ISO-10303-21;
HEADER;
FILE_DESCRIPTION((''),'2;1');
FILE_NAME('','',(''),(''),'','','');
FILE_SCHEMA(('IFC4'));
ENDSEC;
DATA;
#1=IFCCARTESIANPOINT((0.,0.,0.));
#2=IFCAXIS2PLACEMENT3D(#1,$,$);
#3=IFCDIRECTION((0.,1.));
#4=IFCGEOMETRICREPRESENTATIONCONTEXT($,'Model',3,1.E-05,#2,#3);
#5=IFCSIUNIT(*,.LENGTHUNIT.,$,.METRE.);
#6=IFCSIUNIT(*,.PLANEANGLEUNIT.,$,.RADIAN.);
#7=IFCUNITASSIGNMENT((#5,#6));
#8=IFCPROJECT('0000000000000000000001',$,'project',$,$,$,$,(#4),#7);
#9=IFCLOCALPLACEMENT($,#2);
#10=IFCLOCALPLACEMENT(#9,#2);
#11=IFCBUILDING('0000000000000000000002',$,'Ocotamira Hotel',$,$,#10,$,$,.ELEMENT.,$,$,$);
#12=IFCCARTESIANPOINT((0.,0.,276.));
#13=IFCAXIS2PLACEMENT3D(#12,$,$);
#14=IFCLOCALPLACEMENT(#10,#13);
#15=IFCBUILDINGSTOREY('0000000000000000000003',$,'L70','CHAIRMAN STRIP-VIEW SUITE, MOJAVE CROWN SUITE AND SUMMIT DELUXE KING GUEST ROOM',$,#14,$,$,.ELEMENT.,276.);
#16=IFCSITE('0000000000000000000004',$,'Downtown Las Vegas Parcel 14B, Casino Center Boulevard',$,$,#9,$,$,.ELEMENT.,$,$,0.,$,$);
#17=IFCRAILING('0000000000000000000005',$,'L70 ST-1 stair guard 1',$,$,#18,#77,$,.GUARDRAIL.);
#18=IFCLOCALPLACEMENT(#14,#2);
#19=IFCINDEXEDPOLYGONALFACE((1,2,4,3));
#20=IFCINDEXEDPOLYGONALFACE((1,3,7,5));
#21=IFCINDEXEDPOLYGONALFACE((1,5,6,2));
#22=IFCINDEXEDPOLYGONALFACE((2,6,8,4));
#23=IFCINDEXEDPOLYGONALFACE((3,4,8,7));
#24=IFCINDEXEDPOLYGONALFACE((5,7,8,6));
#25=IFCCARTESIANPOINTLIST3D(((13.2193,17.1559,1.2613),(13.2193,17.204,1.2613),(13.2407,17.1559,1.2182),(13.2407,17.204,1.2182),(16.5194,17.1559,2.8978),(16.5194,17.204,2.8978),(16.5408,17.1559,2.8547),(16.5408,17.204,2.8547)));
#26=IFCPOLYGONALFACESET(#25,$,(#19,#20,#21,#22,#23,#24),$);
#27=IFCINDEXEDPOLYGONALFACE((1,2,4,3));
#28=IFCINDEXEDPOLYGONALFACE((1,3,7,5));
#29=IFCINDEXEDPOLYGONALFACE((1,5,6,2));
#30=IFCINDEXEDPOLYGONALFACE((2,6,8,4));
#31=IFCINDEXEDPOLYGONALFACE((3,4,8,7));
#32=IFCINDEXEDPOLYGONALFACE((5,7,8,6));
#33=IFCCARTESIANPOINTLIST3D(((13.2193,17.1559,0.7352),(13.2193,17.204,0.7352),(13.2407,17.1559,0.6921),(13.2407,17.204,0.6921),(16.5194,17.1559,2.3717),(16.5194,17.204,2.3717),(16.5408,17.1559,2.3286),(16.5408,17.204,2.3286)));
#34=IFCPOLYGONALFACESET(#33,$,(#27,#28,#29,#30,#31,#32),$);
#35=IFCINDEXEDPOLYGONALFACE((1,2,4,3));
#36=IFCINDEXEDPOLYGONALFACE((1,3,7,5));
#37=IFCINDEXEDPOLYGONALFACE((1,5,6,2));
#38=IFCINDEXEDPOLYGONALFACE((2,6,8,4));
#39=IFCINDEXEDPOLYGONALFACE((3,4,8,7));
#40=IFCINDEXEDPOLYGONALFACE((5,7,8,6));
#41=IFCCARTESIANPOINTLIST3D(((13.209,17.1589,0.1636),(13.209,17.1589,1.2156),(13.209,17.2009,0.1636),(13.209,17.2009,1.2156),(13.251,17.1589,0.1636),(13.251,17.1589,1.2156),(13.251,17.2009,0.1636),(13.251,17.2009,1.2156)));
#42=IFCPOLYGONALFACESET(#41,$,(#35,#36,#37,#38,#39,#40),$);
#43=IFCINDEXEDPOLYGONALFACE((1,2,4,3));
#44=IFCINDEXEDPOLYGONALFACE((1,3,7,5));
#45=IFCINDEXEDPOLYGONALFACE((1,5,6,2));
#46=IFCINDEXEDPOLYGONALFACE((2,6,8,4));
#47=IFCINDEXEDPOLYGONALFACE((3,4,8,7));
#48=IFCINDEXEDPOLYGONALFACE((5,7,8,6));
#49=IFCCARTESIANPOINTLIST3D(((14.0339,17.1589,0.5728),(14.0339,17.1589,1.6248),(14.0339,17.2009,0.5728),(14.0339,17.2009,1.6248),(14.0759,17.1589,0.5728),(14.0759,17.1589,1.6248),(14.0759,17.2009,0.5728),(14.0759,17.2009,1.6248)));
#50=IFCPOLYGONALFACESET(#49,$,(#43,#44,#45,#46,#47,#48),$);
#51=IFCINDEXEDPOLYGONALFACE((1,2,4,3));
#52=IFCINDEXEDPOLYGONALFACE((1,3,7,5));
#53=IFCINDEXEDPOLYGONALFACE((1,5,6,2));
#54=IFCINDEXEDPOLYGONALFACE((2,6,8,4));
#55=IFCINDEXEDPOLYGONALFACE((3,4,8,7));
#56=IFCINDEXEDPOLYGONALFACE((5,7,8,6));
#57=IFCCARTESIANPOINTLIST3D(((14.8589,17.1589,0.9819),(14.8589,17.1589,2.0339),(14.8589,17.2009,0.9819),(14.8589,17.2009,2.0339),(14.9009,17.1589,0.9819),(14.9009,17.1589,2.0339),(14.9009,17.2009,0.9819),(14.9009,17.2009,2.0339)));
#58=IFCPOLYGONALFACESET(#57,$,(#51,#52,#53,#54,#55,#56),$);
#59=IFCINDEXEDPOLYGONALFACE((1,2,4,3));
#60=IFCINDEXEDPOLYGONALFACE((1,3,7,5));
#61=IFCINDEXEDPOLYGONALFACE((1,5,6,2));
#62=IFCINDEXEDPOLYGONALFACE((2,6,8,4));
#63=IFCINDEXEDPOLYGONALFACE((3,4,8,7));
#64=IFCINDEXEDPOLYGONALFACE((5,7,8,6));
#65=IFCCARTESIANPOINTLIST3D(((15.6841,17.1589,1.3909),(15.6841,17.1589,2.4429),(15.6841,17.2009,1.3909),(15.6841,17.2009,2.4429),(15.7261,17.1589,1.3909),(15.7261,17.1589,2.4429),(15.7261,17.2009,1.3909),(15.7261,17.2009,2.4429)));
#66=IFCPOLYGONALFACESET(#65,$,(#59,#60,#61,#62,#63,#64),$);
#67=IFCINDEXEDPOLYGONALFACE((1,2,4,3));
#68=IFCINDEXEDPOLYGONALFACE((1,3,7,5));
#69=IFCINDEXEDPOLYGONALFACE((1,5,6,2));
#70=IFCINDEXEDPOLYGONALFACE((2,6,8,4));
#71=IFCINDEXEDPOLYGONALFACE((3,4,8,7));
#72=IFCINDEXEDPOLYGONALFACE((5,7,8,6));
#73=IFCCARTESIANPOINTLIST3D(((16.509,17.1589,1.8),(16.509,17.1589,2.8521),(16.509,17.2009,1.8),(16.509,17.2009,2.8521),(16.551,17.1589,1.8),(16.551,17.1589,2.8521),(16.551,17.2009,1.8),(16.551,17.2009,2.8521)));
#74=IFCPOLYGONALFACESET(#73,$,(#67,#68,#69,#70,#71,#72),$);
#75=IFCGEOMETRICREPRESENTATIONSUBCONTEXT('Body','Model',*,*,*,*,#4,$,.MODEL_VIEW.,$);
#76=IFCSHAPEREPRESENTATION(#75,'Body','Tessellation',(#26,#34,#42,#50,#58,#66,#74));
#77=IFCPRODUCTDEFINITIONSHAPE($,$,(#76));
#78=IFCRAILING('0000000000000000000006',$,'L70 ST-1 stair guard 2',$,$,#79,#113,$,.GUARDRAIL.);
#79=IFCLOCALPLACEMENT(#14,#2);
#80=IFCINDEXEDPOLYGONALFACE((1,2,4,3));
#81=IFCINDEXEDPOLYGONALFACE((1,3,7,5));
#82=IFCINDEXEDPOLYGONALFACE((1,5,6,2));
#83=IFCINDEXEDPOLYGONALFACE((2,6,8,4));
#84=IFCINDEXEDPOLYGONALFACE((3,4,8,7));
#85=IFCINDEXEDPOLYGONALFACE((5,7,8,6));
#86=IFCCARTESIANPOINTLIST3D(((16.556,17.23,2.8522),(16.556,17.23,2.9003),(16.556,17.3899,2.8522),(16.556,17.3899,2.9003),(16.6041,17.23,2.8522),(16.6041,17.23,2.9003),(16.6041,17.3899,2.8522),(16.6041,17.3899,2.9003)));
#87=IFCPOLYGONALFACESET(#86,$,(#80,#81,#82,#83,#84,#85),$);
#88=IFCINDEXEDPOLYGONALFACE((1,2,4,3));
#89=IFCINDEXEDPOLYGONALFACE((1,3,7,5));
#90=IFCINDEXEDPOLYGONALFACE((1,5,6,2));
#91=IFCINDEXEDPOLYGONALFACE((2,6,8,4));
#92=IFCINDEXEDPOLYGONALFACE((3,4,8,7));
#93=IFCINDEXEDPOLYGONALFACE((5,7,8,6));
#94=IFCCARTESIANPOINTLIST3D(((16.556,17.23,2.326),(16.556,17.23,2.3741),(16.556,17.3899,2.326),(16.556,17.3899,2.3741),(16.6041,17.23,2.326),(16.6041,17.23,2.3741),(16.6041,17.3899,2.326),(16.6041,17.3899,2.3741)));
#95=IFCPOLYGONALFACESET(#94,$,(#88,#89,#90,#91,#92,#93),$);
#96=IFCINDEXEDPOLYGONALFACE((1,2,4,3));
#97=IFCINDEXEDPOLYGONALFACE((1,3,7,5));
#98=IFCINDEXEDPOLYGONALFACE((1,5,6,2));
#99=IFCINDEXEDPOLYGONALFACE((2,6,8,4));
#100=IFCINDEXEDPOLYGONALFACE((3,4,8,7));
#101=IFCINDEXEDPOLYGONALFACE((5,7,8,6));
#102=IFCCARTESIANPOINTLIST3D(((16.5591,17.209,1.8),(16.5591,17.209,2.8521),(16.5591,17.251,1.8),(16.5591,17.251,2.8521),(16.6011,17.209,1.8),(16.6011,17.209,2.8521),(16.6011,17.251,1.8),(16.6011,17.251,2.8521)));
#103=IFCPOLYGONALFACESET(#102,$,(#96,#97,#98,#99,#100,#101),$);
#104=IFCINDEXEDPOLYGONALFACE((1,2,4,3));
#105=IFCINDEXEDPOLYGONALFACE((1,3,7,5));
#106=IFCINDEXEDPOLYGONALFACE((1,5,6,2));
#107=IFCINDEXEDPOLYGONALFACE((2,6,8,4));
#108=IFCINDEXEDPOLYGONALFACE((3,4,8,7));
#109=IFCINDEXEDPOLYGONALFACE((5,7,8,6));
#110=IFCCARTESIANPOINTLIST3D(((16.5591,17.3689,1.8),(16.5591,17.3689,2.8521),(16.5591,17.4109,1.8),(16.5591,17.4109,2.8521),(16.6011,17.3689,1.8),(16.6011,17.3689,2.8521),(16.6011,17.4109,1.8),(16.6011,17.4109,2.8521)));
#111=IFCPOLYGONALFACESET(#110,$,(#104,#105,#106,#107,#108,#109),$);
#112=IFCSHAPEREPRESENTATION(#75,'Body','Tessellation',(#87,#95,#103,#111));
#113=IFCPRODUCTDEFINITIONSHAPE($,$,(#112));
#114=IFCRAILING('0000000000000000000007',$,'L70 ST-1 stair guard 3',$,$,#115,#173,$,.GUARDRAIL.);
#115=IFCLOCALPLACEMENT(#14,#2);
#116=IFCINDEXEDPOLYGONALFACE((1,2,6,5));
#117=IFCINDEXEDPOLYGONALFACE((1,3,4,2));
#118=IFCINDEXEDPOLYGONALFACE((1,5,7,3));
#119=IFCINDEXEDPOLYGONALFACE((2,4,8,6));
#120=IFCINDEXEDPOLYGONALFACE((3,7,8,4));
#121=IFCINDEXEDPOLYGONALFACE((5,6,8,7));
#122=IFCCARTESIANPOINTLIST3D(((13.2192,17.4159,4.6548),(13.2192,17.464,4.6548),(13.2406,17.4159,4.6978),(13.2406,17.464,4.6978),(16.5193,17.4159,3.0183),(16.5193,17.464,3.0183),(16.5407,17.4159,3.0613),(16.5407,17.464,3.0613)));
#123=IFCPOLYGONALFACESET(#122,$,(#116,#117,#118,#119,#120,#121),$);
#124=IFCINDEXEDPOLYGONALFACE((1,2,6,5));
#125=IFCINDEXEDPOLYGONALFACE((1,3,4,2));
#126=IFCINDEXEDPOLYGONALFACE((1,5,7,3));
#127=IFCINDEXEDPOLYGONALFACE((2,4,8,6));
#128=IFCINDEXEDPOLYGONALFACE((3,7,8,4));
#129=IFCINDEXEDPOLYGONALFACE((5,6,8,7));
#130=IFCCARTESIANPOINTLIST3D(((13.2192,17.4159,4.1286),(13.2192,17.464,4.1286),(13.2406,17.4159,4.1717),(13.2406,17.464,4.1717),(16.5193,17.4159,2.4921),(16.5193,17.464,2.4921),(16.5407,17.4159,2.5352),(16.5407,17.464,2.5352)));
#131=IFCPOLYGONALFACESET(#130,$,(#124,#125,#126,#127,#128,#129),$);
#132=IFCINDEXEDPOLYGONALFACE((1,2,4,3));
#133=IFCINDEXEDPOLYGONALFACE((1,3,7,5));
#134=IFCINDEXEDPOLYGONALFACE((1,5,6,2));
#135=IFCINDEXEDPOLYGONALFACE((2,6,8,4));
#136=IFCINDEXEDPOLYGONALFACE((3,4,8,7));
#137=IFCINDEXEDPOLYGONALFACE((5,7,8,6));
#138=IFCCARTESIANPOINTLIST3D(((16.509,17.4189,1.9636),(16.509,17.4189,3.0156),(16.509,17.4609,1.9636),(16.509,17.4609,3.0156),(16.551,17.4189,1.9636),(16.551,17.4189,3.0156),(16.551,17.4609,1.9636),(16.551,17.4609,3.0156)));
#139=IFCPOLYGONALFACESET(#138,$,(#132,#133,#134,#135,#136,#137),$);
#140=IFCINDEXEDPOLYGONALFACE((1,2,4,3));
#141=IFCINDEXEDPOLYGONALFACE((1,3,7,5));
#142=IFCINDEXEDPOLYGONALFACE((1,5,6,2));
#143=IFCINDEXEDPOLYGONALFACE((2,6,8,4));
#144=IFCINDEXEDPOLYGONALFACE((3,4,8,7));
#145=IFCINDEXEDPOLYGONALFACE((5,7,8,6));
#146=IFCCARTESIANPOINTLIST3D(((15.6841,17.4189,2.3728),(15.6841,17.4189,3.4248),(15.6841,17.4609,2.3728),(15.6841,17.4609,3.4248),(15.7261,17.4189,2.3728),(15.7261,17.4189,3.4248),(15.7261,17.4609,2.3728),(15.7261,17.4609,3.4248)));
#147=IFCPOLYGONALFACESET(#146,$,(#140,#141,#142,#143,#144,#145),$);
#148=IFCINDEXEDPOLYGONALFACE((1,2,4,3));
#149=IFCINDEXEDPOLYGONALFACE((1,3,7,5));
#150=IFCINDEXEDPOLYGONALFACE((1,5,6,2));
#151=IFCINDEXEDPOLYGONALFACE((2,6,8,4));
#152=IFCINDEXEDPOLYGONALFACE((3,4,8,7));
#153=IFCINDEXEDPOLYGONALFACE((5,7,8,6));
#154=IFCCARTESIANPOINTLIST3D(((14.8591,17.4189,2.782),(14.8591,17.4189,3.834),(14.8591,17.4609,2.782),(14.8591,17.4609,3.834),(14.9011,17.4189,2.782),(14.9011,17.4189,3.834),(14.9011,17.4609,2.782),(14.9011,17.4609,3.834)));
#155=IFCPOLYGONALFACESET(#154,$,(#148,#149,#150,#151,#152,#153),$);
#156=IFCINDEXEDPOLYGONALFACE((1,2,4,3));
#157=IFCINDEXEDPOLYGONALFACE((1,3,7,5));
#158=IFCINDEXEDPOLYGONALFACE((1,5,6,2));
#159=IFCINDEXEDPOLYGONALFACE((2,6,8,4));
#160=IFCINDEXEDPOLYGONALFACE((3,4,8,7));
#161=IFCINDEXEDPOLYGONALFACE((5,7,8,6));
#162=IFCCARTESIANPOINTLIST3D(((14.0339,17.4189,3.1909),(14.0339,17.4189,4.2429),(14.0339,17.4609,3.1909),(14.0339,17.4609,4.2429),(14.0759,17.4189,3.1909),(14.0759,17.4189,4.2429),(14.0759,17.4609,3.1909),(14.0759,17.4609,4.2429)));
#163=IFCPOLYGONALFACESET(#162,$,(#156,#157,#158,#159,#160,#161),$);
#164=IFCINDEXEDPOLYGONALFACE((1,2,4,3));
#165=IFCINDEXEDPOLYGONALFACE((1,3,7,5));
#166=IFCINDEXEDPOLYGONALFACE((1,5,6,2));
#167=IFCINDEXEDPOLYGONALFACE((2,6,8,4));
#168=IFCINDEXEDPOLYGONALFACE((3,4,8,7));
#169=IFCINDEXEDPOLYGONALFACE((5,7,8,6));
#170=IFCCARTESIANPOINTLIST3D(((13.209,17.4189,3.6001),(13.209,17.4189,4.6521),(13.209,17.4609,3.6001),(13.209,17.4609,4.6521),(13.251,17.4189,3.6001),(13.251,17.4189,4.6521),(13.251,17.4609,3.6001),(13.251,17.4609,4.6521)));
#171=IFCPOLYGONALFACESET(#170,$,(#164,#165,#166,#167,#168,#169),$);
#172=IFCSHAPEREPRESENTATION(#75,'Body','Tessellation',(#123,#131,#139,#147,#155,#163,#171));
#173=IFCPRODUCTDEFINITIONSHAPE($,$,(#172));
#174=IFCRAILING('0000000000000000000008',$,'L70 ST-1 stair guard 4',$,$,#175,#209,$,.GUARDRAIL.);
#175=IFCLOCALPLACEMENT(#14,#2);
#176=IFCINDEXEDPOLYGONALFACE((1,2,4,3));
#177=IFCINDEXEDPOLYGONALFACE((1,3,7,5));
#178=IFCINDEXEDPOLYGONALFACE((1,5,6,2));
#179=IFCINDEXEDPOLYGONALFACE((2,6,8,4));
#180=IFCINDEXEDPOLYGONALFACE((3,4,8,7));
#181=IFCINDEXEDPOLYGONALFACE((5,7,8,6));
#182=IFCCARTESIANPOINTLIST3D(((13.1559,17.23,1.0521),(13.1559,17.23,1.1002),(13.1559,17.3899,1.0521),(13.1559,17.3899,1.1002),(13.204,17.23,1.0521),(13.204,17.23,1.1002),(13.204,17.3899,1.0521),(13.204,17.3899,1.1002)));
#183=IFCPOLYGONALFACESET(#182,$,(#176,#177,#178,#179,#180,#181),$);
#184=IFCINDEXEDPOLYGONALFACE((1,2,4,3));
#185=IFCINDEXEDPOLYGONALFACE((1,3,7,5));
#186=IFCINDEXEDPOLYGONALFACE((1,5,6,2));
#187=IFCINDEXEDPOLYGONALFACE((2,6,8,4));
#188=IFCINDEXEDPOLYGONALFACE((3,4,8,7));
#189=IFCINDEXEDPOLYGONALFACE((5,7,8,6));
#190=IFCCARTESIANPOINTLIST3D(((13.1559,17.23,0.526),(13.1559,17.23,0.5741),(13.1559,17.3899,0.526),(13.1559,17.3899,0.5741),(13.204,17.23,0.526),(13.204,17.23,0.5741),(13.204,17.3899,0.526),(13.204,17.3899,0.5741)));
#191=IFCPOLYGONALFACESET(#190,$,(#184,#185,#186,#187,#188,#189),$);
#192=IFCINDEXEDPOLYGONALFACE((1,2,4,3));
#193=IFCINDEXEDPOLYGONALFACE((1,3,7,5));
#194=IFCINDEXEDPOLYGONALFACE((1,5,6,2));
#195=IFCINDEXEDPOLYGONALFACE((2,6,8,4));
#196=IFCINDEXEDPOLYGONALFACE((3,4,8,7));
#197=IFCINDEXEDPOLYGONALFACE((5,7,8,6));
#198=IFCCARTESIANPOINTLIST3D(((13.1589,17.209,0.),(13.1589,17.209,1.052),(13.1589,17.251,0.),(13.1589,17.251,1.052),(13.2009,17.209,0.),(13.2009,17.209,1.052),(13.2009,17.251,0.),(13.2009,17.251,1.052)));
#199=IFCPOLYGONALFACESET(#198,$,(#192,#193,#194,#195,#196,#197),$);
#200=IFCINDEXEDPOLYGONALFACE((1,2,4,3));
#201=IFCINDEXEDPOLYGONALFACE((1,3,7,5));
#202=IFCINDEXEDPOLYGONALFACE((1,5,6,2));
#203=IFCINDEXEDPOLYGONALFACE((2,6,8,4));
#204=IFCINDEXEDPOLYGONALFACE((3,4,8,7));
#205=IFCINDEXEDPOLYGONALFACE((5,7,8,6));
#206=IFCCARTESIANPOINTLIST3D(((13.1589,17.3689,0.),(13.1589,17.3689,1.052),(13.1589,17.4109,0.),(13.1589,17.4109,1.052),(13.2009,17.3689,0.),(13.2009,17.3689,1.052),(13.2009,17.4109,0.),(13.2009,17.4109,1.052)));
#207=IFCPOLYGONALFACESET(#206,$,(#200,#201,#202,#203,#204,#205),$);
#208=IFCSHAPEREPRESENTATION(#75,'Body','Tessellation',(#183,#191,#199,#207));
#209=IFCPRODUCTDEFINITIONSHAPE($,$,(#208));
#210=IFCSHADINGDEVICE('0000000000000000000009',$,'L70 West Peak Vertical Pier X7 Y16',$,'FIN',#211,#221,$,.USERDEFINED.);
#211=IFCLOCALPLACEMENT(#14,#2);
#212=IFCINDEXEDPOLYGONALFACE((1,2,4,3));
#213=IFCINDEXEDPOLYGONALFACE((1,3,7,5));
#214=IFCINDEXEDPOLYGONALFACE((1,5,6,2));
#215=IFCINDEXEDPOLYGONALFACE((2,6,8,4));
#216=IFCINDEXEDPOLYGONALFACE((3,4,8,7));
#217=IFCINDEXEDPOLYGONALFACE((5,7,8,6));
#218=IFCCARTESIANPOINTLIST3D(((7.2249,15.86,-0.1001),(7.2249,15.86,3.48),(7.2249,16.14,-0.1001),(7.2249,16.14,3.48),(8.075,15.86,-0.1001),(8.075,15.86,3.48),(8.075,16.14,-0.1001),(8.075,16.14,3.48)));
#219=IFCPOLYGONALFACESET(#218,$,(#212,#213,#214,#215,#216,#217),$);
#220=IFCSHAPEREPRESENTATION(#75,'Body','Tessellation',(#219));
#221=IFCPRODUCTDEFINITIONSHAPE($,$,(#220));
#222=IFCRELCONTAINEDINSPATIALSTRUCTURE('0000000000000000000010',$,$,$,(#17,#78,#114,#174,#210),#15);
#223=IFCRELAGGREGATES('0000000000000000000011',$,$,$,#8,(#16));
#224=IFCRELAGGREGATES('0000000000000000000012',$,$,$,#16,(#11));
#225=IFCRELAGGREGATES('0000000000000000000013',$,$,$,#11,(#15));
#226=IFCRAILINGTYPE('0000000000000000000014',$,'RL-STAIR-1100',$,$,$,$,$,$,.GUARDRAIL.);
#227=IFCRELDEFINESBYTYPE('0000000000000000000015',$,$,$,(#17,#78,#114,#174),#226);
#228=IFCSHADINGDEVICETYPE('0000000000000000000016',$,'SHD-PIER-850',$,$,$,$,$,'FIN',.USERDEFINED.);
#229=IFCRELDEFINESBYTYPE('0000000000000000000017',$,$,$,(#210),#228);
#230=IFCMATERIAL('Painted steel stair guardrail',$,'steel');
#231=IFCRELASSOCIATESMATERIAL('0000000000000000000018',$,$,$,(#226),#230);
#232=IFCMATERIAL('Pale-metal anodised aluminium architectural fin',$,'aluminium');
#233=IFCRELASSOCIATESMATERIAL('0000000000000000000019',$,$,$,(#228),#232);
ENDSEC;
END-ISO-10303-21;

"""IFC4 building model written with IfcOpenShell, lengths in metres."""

from ifc_helpers import new_model, si_unit, direction, frame, origin, origin_2d, place, context, subcontext, project, spatial, rectangle, extrude, source, transform, mapped, material, type_object, element, save


model = new_model("IFC4")

# Units and contexts
model_context = context("Model", 3, precision=1e-05, world=origin(), true_north=direction((0.0, 1.0)))
body_context = subcontext(model_context, "Body", "Model", "MODEL_VIEW")
ifc_project = project(units=[si_unit("LENGTHUNIT", "METRE"), si_unit("PLANEANGLEUNIT", "RADIAN")], contexts=[model_context])

# Site, building, storey
site_placement = place(None, origin())
site = spatial("IfcSite", under=ifc_project, at=site_placement, Name="Downtown Las Vegas Parcel 14B, Casino Center Boulevard", CompositionType="ELEMENT", RefElevation=0.0)
building_placement = place(site_placement, origin())
building = spatial("IfcBuilding", under=site, at=building_placement, Name="Ocotamira Hotel", CompositionType="ELEMENT")
storey_placement = place(building_placement, frame((0.0, 0.0, 276.0)))
storey = spatial("IfcBuildingStorey", under=building, at=storey_placement, Name="L70", Description="CHAIRMAN STRIP-VIEW SUITE, MOJAVE CROWN SUITE AND SUMMIT DELUXE KING GUEST ROOM", CompositionType="ELEMENT", Elevation=276.0)

# Railings
ifc_material_1 = material(Name="Painted steel stair guardrail", Category="steel")
railing_type_1 = type_object("IfcRailingType", Name="RL-STAIR-1100", PredefinedType="GUARDRAIL", material=ifc_material_1)
railing_1_placement = place(storey_placement, frame((13.23, 17.1799, 0.1636)))
element("IfcRailing", 1, at=railing_1_placement, inside=storey, type_object=railing_type_1, Name="L70 ST-1 stair guard 1", PredefinedType="GUARDRAIL", context=body_context, shape_type="SweptSolid", body=[
    extrude(rectangle(XDim=0.0481, YDim=0.0481, at=origin_2d()), frame((0.0, 0.0, 1.0762), z_axis=(0.895894, 0.0, 0.444268), x_axis=(0.0, 1.0, 0.0)), (0.0, 0.0, 1.0), 3.6836),
    extrude(rectangle(XDim=0.0481, YDim=0.0481, at=origin_2d()), frame((0.0, 0.0, 0.55), z_axis=(0.895894, 0.0, 0.444268), x_axis=(0.0, 1.0, 0.0)), (0.0, 0.0, 1.0), 3.6836),
    extrude(rectangle(XDim=0.042, YDim=0.042, at=origin_2d()), origin(), (0.0, 0.0, 1.0), 1.052),
    extrude(rectangle(XDim=0.042, YDim=0.042, at=origin_2d()), frame((0.825, 0.0, 0.4092)), (0.0, 0.0, 1.0), 1.052),
    extrude(rectangle(XDim=0.042, YDim=0.042, at=origin_2d()), frame((1.6499, 0.0, 0.8184)), (0.0, 0.0, 1.0), 1.052),
    extrude(rectangle(XDim=0.042, YDim=0.042, at=origin_2d()), frame((2.4751, 0.0, 1.2273)), (0.0, 0.0, 1.0), 1.052),
    extrude(rectangle(XDim=0.042, YDim=0.042, at=origin_2d()), frame((3.3, 0.0, 1.6365)), (0.0, 0.0, 1.0), 1.052),
])
railing_2_placement = place(storey_placement, frame((16.5801, 17.23, 1.8)))
element("IfcRailing", 2, at=railing_2_placement, inside=storey, type_object=railing_type_1, Name="L70 ST-1 stair guard 2", PredefinedType="GUARDRAIL", context=body_context, shape_type="SweptSolid", body=[
    extrude(rectangle(XDim=0.0481, YDim=0.0481, at=origin_2d()), frame((0.0, 0.0, 1.0762), z_axis=(0.0, 1.0, 0.0), x_axis=(-1.0, 0.0, 0.0)), (0.0, 0.0, 1.0), 0.1599),
    extrude(rectangle(XDim=0.0481, YDim=0.0481, at=origin_2d()), frame((0.0, 0.0, 0.55), z_axis=(0.0, 1.0, 0.0), x_axis=(-1.0, 0.0, 0.0)), (0.0, 0.0, 1.0), 0.1599),
    extrude(rectangle(XDim=0.042, YDim=0.042, at=origin_2d()), origin(), (0.0, 0.0, 1.0), 1.052),
    extrude(rectangle(XDim=0.042, YDim=0.042, at=origin_2d()), frame((0.0, 0.1599, 0.0)), (0.0, 0.0, 1.0), 1.052),
])
railing_3_placement = place(storey_placement, frame((16.53, 17.4399, 1.9636)))
element("IfcRailing", 3, at=railing_3_placement, inside=storey, type_object=railing_type_1, Name="L70 ST-1 stair guard 3", PredefinedType="GUARDRAIL", context=body_context, shape_type="SweptSolid", body=[
    extrude(rectangle(XDim=0.0481, YDim=0.0481, at=origin_2d()), frame((0.0, 0.0, 1.0762), z_axis=(-0.895894, 0.0, 0.444268), x_axis=(0.0, -1.0, 0.0)), (0.0, 0.0, 1.0), 3.6836),
    extrude(rectangle(XDim=0.0481, YDim=0.0481, at=origin_2d()), frame((0.0, 0.0, 0.55), z_axis=(-0.895894, 0.0, 0.444268), x_axis=(0.0, -1.0, 0.0)), (0.0, 0.0, 1.0), 3.6836),
    extrude(rectangle(XDim=0.042, YDim=0.042, at=origin_2d()), origin(), (0.0, 0.0, 1.0), 1.052),
    extrude(rectangle(XDim=0.042, YDim=0.042, at=origin_2d()), frame((-0.825, 0.0, 0.4092)), (0.0, 0.0, 1.0), 1.052),
    extrude(rectangle(XDim=0.042, YDim=0.042, at=origin_2d()), frame((-1.6499, 0.0, 0.8184)), (0.0, 0.0, 1.0), 1.052),
    extrude(rectangle(XDim=0.042, YDim=0.042, at=origin_2d()), frame((-2.4751, 0.0, 1.2273)), (0.0, 0.0, 1.0), 1.052),
    extrude(rectangle(XDim=0.042, YDim=0.042, at=origin_2d()), frame((-3.3, 0.0, 1.6365)), (0.0, 0.0, 1.0), 1.052),
])
railing_4_placement = place(storey_placement, frame((13.1799, 17.23, 0.0)))
element("IfcRailing", 4, at=railing_4_placement, inside=storey, type_object=railing_type_1, Name="L70 ST-1 stair guard 4", PredefinedType="GUARDRAIL", context=body_context, shape_type="SweptSolid", body=[
    extrude(rectangle(XDim=0.0481, YDim=0.0481, at=origin_2d()), frame((0.0, 0.0, 1.0762), z_axis=(0.0, 1.0, 0.0), x_axis=(-1.0, 0.0, 0.0)), (0.0, 0.0, 1.0), 0.1599),
    extrude(rectangle(XDim=0.0481, YDim=0.0481, at=origin_2d()), frame((0.0, 0.0, 0.55), z_axis=(0.0, 1.0, 0.0), x_axis=(-1.0, 0.0, 0.0)), (0.0, 0.0, 1.0), 0.1599),
    extrude(rectangle(XDim=0.042, YDim=0.042, at=origin_2d()), origin(), (0.0, 0.0, 1.0), 1.052),
    extrude(rectangle(XDim=0.042, YDim=0.042, at=origin_2d()), frame((0.0, 0.1599, 0.0)), (0.0, 0.0, 1.0), 1.052),
])

# Shading device
ifc_material_2 = material(Name="Pale-metal anodised aluminium architectural fin", Category="aluminium")
shading_device_type = type_object("IfcShadingDeviceType", Name="SHD-PIER-850", ElementType="FIN", PredefinedType="USERDEFINED", material=ifc_material_2)
shared_shape_1 = source(origin(), body_context, "Body", "SweptSolid", [
    extrude(rectangle(XDim=0.8501, YDim=0.28, at=origin_2d()), origin(), (0.0, 0.0, 1.0), 3.5801),
])
for number, where, z_axis, x_axis, name in (
    (5, (7.6499, 16.0, -0.1001), (0.0, 0.0, 1.0), (1.0, 0.0, 0.0), "L70 West Peak Vertical Pier X7 Y16"),
):
    element("IfcShadingDevice", number, at=place(storey_placement, frame(where, z_axis=z_axis, x_axis=x_axis)), inside=storey, type_object=shading_device_type, Name=name, ObjectType="FIN", PredefinedType="USERDEFINED", context=body_context, shape_type="MappedRepresentation", body=[
        mapped(shared_shape_1, transform((0.0, 0.0, 0.0), scale=1.0)),
    ])

save(model, "model.ifc")
